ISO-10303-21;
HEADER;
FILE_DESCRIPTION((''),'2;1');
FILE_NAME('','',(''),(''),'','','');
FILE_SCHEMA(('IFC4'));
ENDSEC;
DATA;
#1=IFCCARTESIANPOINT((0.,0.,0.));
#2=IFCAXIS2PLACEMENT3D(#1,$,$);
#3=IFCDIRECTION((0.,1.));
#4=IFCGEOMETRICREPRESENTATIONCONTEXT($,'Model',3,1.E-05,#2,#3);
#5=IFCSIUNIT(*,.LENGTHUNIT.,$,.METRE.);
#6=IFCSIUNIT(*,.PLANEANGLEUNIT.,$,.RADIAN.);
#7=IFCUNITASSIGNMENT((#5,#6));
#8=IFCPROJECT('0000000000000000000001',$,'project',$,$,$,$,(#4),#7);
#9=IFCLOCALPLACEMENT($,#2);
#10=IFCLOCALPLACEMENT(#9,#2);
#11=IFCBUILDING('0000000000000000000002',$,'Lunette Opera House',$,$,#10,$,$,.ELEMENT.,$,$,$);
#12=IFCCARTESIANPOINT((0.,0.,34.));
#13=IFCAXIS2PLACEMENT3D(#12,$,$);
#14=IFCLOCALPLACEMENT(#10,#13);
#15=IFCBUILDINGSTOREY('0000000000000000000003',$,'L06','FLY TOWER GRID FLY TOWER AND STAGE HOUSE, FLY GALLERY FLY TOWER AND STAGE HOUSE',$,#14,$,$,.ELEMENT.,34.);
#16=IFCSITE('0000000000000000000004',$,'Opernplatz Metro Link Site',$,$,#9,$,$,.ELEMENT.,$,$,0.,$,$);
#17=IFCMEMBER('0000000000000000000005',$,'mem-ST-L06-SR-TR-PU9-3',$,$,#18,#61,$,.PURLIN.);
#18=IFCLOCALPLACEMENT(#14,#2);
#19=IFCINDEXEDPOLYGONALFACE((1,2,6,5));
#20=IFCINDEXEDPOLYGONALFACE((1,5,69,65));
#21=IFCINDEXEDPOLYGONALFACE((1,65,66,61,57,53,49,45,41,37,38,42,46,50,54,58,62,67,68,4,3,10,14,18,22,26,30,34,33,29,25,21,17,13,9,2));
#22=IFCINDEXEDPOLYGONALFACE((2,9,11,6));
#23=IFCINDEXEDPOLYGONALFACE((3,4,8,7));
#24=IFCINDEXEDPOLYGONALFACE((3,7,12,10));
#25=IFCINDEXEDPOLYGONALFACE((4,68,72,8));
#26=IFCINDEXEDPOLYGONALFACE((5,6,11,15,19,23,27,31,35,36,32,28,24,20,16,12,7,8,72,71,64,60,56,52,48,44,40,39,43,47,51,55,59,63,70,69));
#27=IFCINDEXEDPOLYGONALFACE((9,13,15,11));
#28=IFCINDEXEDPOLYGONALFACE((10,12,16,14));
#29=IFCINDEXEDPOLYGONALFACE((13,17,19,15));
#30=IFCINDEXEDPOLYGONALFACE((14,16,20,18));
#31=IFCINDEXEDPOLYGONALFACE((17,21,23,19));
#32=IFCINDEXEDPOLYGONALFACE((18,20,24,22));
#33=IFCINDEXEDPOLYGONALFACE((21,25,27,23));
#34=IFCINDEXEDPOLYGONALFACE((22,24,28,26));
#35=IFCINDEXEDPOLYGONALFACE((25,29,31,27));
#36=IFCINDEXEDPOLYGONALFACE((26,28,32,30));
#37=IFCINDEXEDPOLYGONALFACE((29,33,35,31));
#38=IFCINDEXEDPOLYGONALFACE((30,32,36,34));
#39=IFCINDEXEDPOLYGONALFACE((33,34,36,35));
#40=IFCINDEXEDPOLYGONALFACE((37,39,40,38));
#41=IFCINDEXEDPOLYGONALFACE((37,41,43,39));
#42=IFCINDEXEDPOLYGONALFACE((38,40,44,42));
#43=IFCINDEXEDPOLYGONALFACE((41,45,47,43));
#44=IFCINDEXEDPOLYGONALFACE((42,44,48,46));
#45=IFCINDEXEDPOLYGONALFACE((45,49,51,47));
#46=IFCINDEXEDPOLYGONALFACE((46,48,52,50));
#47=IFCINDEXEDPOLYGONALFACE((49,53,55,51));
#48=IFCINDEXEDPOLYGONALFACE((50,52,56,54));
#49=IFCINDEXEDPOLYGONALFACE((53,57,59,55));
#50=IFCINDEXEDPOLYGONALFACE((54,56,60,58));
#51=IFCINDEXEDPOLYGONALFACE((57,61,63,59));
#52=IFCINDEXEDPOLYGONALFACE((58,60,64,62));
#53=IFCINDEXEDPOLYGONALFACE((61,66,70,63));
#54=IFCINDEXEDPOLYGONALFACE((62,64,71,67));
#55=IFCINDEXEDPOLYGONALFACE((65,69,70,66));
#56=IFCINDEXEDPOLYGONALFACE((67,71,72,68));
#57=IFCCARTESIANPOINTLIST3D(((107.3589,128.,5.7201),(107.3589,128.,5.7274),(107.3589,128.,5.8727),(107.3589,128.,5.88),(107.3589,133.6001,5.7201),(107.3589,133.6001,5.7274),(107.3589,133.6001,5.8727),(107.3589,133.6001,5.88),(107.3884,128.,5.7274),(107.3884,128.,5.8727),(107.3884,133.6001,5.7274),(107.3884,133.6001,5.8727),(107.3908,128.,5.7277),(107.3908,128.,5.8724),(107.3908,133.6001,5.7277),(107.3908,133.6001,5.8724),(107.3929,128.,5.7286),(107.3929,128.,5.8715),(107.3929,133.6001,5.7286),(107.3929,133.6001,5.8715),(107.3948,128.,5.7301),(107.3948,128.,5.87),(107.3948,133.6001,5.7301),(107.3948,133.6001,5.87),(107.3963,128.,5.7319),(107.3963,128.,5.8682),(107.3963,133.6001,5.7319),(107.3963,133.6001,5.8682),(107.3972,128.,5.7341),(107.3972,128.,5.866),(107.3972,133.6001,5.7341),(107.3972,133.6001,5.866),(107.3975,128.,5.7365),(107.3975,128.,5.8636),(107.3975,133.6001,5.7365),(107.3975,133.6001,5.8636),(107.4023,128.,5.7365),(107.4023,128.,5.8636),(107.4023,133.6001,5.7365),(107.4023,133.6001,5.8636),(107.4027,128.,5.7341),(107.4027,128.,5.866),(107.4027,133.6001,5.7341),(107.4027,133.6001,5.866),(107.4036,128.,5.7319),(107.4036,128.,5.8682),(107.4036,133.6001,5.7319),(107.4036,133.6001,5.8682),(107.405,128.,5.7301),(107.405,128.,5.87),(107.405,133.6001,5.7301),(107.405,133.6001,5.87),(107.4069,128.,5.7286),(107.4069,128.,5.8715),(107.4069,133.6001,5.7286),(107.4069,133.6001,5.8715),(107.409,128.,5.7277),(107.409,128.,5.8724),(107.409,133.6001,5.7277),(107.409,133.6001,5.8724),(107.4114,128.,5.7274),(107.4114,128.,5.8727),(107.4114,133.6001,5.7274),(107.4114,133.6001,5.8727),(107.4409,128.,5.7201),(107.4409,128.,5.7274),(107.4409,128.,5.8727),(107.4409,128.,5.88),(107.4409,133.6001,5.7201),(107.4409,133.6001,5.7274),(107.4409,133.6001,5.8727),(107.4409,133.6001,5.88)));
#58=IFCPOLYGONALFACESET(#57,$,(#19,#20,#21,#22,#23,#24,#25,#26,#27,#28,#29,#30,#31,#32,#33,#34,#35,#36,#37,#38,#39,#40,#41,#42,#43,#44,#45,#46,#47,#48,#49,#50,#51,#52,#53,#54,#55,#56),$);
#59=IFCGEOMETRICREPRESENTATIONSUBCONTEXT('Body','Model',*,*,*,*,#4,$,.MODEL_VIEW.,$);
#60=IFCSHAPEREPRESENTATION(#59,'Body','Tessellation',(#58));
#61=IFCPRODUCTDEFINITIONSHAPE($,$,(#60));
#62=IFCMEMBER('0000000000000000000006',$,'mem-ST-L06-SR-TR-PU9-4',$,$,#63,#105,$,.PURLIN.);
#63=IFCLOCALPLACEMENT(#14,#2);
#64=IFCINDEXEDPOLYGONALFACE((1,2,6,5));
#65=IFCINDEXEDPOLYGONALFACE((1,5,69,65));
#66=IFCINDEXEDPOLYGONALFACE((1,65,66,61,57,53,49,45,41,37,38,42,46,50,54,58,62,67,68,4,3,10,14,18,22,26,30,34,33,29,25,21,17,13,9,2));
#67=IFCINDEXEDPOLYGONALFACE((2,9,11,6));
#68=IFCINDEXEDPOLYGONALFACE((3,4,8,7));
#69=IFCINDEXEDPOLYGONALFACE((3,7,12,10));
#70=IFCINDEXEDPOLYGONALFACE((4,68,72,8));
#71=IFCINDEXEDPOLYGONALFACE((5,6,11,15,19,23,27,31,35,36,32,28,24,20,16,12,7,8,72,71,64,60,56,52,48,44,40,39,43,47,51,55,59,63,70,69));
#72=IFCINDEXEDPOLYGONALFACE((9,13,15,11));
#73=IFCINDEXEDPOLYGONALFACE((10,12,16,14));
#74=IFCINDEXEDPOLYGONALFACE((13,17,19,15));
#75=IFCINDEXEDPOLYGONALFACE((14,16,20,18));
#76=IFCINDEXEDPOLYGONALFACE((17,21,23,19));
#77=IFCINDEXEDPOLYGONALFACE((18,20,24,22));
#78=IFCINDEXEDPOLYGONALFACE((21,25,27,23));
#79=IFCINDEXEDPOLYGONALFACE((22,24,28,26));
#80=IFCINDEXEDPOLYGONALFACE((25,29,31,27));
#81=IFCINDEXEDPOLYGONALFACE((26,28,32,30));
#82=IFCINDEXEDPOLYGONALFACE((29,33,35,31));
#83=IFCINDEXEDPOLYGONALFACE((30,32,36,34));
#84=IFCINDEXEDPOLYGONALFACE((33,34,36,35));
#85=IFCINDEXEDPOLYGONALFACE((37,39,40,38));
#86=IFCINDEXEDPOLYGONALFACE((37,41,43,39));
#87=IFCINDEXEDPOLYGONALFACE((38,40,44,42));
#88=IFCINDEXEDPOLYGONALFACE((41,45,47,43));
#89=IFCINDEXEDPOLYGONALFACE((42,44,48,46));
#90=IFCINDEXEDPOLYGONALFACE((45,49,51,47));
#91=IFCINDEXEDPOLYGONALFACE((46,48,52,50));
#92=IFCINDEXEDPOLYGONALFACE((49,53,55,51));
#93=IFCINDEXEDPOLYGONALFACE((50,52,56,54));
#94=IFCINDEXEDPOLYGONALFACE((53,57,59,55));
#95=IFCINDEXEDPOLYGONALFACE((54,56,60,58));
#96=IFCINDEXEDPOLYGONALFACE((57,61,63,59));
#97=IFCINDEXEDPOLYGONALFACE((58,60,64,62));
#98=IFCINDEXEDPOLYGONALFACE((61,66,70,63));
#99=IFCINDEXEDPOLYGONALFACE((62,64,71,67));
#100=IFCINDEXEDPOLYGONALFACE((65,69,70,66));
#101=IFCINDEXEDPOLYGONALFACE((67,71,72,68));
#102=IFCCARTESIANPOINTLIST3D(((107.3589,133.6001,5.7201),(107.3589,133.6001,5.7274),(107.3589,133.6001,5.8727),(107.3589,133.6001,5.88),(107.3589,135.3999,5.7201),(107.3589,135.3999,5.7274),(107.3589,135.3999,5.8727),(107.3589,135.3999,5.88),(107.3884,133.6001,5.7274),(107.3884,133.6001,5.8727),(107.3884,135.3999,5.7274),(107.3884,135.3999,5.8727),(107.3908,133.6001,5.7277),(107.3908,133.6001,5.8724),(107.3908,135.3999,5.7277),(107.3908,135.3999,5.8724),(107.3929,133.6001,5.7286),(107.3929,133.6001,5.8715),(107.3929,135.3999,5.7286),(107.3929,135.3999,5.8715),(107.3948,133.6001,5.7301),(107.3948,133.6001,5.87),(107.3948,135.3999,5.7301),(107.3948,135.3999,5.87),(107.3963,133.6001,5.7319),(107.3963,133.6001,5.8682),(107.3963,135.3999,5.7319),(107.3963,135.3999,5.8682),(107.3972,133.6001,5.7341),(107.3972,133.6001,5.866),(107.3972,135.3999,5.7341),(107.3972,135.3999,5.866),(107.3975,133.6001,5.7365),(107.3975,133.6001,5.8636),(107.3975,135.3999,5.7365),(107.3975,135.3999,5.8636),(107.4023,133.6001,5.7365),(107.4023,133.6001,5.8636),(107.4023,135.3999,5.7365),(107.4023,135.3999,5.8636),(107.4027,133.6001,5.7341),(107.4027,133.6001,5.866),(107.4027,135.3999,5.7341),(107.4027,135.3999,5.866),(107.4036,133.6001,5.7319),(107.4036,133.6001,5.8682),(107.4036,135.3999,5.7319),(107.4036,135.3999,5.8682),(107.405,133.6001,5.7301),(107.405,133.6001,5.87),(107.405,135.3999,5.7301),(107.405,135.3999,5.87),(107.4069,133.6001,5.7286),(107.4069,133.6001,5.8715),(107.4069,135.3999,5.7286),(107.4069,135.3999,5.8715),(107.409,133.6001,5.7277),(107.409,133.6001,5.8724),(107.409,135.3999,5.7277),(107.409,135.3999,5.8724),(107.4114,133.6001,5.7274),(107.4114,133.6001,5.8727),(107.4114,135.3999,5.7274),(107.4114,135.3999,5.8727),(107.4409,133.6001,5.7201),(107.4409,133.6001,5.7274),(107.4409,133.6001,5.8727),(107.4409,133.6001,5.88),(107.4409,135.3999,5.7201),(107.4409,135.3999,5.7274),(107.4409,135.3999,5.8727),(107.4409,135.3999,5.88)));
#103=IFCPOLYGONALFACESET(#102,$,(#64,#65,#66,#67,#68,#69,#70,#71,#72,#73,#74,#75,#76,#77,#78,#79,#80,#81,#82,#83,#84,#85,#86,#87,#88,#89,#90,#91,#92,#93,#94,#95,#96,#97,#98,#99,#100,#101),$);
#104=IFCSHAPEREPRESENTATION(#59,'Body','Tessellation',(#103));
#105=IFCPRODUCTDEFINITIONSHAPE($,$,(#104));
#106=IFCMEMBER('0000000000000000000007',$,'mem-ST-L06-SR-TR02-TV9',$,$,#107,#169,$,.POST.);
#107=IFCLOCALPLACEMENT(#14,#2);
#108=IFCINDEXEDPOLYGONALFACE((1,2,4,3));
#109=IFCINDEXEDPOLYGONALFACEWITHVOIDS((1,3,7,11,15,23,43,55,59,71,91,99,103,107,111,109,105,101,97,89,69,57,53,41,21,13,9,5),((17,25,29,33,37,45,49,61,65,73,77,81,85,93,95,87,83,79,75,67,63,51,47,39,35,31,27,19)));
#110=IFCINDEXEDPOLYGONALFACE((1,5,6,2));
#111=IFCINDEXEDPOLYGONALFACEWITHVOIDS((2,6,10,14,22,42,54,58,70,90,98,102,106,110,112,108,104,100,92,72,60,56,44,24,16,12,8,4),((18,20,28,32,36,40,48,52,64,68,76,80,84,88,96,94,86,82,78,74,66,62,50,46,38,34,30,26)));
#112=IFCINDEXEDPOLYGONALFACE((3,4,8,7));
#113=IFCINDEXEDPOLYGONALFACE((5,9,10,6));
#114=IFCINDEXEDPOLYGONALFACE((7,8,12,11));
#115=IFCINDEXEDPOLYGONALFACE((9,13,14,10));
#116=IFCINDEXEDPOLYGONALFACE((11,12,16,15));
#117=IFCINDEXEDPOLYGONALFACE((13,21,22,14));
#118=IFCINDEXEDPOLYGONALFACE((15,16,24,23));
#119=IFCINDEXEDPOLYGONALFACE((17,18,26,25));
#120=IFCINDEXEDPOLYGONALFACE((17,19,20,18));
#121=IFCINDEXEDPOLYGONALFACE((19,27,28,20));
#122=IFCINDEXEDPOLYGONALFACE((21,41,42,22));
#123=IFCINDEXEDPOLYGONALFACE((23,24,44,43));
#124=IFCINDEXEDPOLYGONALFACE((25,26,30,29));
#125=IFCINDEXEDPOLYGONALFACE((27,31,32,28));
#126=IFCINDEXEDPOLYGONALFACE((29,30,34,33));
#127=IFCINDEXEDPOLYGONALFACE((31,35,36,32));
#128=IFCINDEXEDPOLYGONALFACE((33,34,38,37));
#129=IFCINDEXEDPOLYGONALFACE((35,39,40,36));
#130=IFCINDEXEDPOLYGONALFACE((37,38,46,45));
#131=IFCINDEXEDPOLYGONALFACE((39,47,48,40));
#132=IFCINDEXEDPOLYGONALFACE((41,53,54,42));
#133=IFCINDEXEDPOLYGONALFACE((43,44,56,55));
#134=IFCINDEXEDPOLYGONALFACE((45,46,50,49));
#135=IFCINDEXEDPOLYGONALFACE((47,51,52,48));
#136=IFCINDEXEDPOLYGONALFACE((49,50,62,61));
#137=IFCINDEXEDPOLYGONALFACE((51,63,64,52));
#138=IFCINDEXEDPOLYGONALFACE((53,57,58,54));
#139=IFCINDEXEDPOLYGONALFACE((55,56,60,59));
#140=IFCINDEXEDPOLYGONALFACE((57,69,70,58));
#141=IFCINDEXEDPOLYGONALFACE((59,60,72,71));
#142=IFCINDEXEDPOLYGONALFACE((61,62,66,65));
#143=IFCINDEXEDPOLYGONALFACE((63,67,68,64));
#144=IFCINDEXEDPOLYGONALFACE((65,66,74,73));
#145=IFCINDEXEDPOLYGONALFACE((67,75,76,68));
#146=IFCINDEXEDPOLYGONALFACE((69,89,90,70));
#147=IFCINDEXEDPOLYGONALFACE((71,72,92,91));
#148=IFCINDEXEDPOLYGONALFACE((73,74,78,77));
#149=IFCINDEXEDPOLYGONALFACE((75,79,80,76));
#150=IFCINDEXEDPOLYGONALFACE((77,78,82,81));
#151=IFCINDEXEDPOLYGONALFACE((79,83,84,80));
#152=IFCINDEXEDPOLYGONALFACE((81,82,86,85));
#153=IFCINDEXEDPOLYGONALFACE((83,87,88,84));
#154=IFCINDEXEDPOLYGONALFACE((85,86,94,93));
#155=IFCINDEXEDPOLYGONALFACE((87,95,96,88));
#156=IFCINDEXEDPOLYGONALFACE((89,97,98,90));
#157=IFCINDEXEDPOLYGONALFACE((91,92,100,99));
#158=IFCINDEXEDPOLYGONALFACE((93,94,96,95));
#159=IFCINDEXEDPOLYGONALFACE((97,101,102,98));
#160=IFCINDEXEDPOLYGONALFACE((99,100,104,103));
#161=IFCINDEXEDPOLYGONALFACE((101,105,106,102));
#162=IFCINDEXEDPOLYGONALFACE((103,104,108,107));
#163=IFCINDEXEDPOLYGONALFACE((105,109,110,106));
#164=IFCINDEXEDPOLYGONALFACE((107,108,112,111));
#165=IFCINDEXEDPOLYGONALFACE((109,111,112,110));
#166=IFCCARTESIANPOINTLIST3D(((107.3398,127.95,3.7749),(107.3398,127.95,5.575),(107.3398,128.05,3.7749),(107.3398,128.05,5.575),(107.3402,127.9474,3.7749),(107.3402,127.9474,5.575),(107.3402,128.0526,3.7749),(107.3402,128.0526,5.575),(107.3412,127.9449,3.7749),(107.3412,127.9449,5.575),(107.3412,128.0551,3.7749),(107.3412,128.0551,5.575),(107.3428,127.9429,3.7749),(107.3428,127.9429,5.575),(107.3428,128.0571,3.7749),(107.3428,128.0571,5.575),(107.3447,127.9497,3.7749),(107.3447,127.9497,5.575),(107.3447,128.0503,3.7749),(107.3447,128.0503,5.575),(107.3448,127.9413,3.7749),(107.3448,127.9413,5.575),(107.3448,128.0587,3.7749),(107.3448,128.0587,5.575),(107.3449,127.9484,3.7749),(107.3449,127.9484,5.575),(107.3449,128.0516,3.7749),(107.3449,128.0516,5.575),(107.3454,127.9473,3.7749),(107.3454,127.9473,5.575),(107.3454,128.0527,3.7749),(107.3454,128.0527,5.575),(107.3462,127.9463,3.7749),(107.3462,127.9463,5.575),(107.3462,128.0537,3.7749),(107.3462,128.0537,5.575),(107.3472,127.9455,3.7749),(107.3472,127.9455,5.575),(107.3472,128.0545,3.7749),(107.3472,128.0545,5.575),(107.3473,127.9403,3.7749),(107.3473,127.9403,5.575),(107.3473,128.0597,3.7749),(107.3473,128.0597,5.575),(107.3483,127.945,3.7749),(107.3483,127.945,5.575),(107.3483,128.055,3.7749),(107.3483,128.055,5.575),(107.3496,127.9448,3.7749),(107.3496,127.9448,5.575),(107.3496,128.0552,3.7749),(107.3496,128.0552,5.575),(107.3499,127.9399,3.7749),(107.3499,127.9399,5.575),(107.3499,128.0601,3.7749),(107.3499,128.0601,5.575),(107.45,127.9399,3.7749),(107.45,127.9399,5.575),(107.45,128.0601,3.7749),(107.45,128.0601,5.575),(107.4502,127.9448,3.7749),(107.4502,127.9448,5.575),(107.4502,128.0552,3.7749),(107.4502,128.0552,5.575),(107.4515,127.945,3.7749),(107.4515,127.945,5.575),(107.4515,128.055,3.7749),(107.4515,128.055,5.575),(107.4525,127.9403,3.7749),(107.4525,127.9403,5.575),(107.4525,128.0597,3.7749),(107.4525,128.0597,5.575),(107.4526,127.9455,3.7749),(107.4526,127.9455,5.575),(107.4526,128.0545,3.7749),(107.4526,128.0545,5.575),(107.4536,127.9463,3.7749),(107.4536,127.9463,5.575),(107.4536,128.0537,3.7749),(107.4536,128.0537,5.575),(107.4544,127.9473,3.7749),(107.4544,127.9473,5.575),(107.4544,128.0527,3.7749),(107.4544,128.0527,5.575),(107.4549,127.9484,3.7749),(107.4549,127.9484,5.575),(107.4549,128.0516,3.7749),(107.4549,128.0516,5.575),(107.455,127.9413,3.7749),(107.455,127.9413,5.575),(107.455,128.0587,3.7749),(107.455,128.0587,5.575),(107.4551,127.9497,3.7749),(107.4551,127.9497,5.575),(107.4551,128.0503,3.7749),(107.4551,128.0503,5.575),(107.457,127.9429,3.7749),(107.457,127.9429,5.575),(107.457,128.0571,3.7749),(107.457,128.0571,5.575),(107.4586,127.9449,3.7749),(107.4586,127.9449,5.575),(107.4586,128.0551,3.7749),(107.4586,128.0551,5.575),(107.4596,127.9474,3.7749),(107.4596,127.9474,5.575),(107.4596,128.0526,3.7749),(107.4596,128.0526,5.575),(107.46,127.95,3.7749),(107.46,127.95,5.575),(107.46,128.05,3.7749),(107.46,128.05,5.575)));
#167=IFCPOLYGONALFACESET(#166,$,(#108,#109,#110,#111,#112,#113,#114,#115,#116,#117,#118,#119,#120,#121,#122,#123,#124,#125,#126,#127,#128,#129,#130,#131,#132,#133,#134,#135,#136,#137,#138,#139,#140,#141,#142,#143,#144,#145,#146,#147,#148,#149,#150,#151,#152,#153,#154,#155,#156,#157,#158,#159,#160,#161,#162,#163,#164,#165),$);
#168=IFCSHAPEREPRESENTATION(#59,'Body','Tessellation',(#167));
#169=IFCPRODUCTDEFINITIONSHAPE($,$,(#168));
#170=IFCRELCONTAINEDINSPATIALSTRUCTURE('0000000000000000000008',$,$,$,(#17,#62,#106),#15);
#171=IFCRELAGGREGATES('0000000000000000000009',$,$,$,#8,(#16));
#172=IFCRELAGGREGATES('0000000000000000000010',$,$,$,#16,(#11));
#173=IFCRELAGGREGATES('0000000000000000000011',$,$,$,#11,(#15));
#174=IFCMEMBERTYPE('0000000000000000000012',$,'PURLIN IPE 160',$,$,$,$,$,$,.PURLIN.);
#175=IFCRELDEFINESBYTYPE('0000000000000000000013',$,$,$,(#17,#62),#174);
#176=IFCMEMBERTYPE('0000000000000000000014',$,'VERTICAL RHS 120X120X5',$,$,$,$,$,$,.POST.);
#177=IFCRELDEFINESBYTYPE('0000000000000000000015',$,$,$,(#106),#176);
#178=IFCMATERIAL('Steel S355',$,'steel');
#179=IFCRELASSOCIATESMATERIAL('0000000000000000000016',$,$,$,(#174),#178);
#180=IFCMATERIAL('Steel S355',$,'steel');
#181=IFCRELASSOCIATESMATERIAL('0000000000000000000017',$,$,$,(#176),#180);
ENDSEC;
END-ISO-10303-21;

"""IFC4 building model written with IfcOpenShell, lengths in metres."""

from ifc_helpers import new_model, si_unit, direction, frame, origin, origin_2d, place, context, subcontext, project, spatial, hollow_rectangle, i_section, extrude, material, material_profile, profile_set, type_object, element, save


model = new_model("IFC4")

# Units and contexts
model_context = context("Model", 3, precision=1e-05, world=origin(), true_north=direction((0.0, 1.0)))
body_context = subcontext(model_context, "Body", "Model", "MODEL_VIEW")
ifc_project = project(units=[si_unit("LENGTHUNIT", "METRE"), si_unit("PLANEANGLEUNIT", "RADIAN")], contexts=[model_context])

# Site, building, storey
site_placement = place(None, origin())
site = spatial("IfcSite", under=ifc_project, at=site_placement, Name="Opernplatz Metro Link Site", CompositionType="ELEMENT", RefElevation=0.0)
building_placement = place(site_placement, origin())
building = spatial("IfcBuilding", under=site, at=building_placement, Name="Lunette Opera House", CompositionType="ELEMENT")
storey_placement = place(building_placement, frame((0.0, 0.0, 34.0)))
storey = spatial("IfcBuildingStorey", under=building, at=storey_placement, Name="L06", Description="FLY TOWER GRID FLY TOWER AND STAGE HOUSE, FLY GALLERY FLY TOWER AND STAGE HOUSE", CompositionType="ELEMENT", Elevation=34.0)

# Members
ifc_material_1 = material(Name="Steel S355", Category="steel")
ifc_material_profile_1 = material_profile(ifc_material_1, i_section(OverallWidth=0.082, OverallDepth=0.1599, WebThickness=0.0049, FlangeThickness=0.0073, FilletRadius=0.009, at=origin_2d()), Name="IPE 160")
ifc_profile_set_1 = profile_set([ifc_material_profile_1], Name="Steel S355")
member_type_1 = type_object("IfcMemberType", Name="PURLIN IPE 160", PredefinedType="PURLIN", material=ifc_profile_set_1)
member_1_placement = place(storey_placement, frame((107.3999, 128.0, 5.8), z_axis=(0.0, 1.0, 0.0), x_axis=(-1.0, 0.0, 0.0)))
element("IfcMember", 1, at=member_1_placement, inside=storey, type_object=member_type_1, Name="mem-ST-L06-SR-TR-PU9-3", PredefinedType="PURLIN", context=body_context, shape_type="SweptSolid", body=[
    extrude(i_section(OverallWidth=0.082, OverallDepth=0.1599, WebThickness=0.0049, FlangeThickness=0.0073, FilletRadius=0.009, at=origin_2d()), origin(), (0.0, 0.0, 1.0), 5.6001),
])
member_2_placement = place(storey_placement, frame((107.3999, 133.6001, 5.8), z_axis=(0.0, 1.0, 0.0), x_axis=(-1.0, 0.0, 0.0)))
element("IfcMember", 2, at=member_2_placement, inside=storey, type_object=member_type_1, Name="mem-ST-L06-SR-TR-PU9-4", PredefinedType="PURLIN", context=body_context, shape_type="SweptSolid", body=[
    extrude(i_section(OverallWidth=0.082, OverallDepth=0.1599, WebThickness=0.0049, FlangeThickness=0.0073, FilletRadius=0.009, at=origin_2d()), origin(), (0.0, 0.0, 1.0), 1.7998),
])
ifc_material_2 = material(Name="Steel S355", Category="steel")
ifc_material_profile_2 = material_profile(ifc_material_2, hollow_rectangle(XDim=0.1201, YDim=0.1201, WallThickness=0.0049, InnerFilletRadius=0.0049, OuterFilletRadius=0.01, at=origin_2d()), Name="RHS 120X120X5")
ifc_profile_set_2 = profile_set([ifc_material_profile_2], Name="Steel S355")
member_type_2 = type_object("IfcMemberType", Name="VERTICAL RHS 120X120X5", PredefinedType="POST", material=ifc_profile_set_2)
for number, where, z_axis, x_axis, name in (
    (3, (107.3999, 128.0, 3.7749), (0.0, 0.0, 1.0), (1.0, 0.0, 0.0), "mem-ST-L06-SR-TR02-TV9"),
):
    element("IfcMember", number, at=place(storey_placement, frame(where, z_axis=z_axis, x_axis=x_axis)), inside=storey, type_object=member_type_2, Name=name, PredefinedType="POST", context=body_context, shape_type="SweptSolid", body=[
        extrude(hollow_rectangle(XDim=0.1201, YDim=0.1201, WallThickness=0.0049, InnerFilletRadius=0.0049, OuterFilletRadius=0.01, at=origin_2d()), origin(), (0.0, 0.0, 1.0), 1.8),
    ])

save(model, "model.ifc")
